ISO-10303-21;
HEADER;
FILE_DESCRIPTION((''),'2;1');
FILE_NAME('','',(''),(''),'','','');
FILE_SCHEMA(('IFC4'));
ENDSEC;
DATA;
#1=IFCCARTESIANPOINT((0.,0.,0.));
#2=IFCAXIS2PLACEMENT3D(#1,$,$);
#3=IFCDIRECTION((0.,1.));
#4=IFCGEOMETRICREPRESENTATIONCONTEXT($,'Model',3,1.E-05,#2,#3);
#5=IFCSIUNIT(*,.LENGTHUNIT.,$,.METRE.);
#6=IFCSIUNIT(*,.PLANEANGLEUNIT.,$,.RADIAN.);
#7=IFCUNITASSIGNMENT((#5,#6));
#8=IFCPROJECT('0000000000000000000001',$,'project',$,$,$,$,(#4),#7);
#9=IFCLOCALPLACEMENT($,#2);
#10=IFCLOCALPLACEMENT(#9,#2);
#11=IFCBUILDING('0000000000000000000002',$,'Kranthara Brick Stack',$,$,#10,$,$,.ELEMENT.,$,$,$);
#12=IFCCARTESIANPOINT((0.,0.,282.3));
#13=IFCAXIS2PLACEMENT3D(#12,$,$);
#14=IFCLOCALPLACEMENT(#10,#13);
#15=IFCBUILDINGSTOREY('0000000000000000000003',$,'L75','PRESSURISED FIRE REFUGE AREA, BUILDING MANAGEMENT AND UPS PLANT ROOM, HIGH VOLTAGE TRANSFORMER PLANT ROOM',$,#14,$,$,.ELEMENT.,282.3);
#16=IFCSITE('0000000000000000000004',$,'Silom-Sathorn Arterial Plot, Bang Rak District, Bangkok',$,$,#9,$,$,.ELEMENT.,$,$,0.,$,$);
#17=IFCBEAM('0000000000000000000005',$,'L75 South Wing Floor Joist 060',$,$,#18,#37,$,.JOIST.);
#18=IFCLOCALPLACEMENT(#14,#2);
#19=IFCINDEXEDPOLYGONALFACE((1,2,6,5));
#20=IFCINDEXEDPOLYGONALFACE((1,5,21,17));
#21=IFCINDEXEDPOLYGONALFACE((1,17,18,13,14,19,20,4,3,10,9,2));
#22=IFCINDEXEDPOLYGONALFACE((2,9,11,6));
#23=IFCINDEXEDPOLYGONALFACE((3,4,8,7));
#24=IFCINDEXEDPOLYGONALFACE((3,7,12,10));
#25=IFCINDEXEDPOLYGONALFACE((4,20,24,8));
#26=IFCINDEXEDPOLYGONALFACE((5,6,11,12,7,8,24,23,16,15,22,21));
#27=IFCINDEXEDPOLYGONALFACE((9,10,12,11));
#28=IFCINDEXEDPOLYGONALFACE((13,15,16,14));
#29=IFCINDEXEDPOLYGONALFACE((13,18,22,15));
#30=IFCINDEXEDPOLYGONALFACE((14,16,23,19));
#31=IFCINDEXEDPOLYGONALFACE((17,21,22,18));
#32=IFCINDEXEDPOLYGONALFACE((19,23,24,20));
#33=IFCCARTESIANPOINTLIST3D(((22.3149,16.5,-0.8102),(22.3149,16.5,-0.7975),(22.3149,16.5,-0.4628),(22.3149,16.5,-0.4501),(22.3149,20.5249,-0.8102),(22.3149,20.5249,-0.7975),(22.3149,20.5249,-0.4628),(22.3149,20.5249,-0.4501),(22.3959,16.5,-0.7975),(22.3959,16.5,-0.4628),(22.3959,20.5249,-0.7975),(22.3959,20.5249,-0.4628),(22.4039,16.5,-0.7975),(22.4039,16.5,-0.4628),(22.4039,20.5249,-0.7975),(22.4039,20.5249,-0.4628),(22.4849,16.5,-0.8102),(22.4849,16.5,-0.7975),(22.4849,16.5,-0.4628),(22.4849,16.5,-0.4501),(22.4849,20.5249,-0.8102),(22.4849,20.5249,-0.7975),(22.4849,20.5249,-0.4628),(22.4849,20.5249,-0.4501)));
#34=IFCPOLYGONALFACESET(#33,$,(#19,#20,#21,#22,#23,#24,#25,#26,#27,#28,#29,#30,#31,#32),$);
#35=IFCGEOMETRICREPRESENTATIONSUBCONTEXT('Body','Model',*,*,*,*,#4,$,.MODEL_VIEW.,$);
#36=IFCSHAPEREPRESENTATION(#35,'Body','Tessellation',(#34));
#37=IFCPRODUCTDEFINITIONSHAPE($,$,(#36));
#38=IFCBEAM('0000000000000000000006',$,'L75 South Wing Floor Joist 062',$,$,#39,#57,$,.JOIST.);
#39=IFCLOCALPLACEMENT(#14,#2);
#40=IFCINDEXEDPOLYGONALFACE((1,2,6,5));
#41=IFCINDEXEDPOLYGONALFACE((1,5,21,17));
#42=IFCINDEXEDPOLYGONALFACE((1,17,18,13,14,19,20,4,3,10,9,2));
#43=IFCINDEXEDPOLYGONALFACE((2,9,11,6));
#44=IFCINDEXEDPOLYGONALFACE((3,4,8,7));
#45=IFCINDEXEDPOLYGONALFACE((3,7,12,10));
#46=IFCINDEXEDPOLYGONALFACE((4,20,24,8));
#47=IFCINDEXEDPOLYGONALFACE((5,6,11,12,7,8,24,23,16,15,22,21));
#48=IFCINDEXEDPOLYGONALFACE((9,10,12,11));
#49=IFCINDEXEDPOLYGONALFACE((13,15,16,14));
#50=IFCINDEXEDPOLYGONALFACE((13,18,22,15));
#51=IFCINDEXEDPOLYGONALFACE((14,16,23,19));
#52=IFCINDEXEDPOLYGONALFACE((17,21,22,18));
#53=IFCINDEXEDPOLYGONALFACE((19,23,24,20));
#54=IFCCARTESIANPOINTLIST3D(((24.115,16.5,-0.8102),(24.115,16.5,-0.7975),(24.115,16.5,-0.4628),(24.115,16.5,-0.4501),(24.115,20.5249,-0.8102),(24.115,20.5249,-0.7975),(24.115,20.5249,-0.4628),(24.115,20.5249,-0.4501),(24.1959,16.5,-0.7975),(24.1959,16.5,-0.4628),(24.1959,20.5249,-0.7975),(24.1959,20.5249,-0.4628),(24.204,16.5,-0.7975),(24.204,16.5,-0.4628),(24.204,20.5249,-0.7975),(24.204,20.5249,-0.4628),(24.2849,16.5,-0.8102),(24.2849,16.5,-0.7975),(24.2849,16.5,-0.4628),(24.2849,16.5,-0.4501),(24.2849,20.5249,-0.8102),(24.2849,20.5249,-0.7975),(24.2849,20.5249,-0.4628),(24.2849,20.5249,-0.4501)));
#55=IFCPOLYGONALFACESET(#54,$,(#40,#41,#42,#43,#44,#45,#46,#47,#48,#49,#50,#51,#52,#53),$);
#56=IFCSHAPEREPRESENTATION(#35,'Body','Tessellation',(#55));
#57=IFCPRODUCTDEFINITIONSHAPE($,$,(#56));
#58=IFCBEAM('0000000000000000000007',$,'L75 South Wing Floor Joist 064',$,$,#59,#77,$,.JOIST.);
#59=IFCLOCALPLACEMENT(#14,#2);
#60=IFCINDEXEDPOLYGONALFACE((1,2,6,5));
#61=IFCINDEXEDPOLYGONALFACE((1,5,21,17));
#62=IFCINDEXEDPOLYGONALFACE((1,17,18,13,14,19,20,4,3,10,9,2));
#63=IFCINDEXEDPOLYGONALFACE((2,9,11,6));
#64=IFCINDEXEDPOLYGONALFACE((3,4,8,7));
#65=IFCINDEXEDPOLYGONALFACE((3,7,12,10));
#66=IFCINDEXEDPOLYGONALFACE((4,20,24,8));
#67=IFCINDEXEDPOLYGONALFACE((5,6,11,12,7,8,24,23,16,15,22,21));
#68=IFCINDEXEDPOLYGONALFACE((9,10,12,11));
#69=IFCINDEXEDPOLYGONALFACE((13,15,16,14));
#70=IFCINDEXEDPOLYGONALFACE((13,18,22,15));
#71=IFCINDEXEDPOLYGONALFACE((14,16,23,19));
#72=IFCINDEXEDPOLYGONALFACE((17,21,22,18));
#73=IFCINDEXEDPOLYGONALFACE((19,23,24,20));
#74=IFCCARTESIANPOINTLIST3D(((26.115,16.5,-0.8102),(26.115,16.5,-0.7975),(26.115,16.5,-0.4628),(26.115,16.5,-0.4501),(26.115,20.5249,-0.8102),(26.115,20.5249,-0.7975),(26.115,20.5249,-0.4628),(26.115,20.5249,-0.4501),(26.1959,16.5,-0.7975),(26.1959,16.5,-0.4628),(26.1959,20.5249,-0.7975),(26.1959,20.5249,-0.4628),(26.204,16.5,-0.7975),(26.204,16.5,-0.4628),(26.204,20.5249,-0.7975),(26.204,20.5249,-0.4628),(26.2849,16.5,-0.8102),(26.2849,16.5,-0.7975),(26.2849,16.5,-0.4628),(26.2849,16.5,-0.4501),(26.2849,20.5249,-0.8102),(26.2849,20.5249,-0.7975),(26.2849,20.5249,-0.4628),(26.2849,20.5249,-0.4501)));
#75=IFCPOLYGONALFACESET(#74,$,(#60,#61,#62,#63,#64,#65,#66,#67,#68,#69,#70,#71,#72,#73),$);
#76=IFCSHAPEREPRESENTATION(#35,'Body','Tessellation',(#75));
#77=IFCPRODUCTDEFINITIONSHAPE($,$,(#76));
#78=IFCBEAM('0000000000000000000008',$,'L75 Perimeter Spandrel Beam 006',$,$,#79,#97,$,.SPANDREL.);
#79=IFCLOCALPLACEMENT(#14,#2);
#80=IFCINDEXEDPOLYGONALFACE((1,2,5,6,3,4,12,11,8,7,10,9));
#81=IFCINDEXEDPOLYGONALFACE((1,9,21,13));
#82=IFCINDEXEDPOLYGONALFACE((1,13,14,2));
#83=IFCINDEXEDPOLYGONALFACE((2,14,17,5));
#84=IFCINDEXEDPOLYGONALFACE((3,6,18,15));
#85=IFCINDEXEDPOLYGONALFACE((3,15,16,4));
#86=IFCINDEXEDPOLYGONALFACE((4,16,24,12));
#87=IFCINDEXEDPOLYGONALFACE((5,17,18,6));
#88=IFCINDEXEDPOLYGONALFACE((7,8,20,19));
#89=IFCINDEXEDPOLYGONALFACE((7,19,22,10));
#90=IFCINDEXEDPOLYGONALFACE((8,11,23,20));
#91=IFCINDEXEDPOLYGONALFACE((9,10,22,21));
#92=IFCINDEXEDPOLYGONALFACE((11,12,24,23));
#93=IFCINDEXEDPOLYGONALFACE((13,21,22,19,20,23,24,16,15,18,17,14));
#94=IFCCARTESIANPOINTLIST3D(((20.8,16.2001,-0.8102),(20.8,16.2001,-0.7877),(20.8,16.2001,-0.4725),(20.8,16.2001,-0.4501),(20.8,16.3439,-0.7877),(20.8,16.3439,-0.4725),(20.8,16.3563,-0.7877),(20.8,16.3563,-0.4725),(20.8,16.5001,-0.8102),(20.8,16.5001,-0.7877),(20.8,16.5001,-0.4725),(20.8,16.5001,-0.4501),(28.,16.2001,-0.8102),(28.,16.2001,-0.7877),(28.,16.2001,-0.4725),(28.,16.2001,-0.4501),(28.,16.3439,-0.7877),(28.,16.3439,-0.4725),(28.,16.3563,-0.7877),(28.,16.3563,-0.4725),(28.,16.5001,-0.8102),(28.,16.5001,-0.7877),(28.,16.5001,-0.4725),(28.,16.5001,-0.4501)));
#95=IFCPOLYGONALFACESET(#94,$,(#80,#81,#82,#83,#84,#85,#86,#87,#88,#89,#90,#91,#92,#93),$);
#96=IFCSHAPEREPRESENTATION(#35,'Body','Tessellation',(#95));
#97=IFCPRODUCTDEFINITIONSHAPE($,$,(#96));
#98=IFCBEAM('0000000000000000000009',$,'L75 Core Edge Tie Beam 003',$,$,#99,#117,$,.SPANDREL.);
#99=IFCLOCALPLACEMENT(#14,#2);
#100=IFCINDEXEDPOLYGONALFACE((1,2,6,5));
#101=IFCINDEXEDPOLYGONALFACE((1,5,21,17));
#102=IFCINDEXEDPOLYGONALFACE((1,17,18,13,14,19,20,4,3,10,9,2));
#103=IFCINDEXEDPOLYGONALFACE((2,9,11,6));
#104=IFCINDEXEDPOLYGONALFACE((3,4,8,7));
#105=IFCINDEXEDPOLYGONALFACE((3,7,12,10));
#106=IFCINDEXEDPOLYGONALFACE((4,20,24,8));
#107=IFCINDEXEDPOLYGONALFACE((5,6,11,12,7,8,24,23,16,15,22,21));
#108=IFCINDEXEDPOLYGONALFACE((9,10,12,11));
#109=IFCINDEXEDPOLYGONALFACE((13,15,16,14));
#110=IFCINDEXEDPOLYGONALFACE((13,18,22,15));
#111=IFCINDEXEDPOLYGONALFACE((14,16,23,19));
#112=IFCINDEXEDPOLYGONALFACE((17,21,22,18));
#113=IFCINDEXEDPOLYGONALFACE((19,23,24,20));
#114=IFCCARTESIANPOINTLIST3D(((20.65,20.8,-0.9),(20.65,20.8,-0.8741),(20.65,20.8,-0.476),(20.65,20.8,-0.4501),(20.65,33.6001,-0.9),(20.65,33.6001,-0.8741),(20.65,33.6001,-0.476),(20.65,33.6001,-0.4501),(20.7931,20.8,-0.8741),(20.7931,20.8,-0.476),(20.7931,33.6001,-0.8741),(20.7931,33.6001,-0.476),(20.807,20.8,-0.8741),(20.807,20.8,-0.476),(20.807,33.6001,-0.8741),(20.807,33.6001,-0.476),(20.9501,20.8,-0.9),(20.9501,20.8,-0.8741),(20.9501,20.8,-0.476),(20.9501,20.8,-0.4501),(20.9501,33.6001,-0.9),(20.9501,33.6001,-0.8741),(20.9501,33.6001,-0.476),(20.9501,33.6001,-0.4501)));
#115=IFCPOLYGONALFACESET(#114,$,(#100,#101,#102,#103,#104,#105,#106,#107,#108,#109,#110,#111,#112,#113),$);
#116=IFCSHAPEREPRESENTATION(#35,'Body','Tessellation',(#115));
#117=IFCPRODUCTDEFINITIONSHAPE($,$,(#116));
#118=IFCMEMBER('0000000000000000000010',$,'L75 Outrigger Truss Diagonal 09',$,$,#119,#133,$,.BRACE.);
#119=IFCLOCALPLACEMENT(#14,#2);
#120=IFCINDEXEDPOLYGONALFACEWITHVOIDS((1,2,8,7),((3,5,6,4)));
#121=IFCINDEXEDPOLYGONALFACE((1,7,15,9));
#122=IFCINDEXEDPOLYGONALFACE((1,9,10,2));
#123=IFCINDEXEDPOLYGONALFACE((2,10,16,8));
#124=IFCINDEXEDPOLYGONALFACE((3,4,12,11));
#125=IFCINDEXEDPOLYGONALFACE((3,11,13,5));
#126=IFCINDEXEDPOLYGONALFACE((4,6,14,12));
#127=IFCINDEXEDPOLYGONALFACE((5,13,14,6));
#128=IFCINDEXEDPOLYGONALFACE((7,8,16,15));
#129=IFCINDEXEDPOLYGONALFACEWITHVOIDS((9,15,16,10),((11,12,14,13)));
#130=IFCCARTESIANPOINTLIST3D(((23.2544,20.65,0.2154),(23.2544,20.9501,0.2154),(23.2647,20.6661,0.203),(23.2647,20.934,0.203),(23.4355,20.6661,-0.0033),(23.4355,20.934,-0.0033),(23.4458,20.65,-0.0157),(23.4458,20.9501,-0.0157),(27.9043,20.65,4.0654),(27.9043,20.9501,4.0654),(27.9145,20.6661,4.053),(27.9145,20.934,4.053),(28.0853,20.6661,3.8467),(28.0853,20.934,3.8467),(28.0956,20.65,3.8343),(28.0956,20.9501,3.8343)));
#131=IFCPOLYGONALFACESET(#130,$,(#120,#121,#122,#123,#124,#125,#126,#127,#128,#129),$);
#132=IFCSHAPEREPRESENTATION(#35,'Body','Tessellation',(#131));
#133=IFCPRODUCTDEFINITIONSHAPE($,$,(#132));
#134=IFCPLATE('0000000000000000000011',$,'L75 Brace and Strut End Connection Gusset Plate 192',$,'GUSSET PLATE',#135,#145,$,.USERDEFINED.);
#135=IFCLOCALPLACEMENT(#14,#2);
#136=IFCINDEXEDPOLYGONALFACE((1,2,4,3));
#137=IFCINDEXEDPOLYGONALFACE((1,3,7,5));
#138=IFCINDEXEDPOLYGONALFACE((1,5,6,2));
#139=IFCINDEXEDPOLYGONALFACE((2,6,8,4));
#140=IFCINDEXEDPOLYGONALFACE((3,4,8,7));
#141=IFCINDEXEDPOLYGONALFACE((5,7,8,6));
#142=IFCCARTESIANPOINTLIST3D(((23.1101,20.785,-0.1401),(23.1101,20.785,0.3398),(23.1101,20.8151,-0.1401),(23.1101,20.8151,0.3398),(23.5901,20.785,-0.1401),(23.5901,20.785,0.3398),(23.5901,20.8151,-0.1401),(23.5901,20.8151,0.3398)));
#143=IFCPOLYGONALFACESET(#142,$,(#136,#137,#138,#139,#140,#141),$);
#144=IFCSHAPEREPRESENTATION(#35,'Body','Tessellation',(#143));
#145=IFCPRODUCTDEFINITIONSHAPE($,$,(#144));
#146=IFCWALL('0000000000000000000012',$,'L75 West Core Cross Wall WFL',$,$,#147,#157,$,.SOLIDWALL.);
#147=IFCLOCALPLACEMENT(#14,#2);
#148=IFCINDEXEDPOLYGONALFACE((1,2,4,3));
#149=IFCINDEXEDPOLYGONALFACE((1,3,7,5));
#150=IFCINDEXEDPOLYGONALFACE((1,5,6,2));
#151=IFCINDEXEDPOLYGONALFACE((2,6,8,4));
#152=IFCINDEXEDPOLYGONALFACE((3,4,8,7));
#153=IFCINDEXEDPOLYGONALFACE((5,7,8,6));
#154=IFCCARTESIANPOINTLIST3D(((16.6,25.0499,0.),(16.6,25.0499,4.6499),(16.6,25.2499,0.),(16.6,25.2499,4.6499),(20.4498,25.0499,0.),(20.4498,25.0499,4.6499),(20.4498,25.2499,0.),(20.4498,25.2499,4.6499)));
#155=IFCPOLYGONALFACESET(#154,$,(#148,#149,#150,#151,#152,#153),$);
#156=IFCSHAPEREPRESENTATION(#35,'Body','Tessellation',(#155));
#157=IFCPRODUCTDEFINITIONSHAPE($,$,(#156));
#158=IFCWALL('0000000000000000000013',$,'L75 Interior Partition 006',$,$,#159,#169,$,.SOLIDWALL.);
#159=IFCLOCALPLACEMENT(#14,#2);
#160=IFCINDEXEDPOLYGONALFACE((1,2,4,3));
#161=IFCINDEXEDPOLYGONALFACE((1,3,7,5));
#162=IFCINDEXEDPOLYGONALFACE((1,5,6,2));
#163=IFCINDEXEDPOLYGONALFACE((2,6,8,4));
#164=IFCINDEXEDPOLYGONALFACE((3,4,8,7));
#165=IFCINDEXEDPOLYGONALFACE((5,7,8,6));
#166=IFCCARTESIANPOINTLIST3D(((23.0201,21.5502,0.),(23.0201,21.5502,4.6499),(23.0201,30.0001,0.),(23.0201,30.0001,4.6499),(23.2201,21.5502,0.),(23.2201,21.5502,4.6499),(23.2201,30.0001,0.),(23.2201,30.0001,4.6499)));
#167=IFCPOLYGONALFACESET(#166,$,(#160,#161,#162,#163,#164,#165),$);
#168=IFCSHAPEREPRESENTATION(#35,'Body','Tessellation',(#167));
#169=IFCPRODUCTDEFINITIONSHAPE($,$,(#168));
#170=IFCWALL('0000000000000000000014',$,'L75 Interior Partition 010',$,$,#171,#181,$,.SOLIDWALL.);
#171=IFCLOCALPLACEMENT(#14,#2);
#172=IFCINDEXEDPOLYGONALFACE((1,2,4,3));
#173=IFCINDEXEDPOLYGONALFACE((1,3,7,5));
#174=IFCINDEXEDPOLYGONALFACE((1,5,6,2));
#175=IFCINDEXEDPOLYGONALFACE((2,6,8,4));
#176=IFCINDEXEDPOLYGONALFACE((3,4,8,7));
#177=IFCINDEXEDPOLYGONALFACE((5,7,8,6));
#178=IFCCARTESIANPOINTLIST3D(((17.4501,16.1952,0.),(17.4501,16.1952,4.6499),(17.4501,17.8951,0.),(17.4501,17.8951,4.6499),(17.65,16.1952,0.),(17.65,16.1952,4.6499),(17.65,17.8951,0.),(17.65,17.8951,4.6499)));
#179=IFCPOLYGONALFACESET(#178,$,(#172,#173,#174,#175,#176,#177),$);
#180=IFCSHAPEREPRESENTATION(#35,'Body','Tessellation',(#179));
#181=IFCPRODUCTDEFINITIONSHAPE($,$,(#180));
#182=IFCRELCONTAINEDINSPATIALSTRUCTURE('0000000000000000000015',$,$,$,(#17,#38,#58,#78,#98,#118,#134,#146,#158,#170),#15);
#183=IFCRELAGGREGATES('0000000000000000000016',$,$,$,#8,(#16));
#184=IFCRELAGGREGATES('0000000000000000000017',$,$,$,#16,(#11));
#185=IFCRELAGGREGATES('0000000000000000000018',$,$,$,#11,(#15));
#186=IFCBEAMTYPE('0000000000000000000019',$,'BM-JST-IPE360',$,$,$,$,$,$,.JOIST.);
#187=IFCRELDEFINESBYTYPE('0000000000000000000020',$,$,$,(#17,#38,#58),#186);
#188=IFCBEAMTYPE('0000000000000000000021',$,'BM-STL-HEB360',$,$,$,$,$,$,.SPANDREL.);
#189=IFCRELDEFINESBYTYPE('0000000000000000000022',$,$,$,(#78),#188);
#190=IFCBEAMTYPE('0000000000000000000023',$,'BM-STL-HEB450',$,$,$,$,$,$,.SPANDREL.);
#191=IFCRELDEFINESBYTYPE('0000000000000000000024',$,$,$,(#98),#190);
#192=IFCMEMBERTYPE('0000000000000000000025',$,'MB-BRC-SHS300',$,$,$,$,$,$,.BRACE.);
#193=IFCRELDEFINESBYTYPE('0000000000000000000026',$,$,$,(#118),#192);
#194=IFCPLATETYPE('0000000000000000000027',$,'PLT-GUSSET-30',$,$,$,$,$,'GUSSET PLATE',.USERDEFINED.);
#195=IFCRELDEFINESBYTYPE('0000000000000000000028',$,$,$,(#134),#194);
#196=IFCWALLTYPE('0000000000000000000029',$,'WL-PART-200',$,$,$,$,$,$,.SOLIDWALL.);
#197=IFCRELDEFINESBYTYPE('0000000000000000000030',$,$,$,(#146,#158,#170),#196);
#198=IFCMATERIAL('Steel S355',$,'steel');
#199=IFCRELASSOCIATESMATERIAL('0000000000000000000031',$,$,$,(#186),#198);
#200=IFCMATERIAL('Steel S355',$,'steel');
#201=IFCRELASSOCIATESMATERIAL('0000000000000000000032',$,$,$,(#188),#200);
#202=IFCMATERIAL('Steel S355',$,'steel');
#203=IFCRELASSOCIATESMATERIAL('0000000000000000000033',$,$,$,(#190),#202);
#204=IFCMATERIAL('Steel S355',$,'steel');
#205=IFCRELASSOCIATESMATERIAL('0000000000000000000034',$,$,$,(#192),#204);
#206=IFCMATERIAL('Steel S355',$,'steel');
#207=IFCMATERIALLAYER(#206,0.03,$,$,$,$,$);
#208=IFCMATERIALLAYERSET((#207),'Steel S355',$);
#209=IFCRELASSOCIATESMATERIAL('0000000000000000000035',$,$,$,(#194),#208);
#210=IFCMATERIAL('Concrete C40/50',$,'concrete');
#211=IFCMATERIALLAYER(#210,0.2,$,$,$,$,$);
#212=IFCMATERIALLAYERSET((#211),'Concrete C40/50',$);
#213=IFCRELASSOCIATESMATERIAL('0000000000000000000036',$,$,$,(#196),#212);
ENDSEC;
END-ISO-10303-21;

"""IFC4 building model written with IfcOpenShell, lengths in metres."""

from ifc_helpers import new_model, si_unit, direction, frame, frame_2d, origin, origin_2d, place, context, subcontext, project, spatial, rectangle, hollow_rectangle, i_section, extrude, material, layer, layer_set, material_profile, profile_set, type_object, element, save


model = new_model("IFC4")

# Units and contexts
model_context = context("Model", 3, precision=1e-05, world=origin(), true_north=direction((0.0, 1.0)))
body_context = subcontext(model_context, "Body", "Model", "MODEL_VIEW")
ifc_project = project(units=[si_unit("LENGTHUNIT", "METRE"), si_unit("PLANEANGLEUNIT", "RADIAN")], contexts=[model_context])

# Site, building, storey
site_placement = place(None, origin())
site = spatial("IfcSite", under=ifc_project, at=site_placement, Name="Silom-Sathorn Arterial Plot, Bang Rak District, Bangkok", CompositionType="ELEMENT", RefElevation=0.0)
building_placement = place(site_placement, origin())
building = spatial("IfcBuilding", under=site, at=building_placement, Name="Kranthara Brick Stack", CompositionType="ELEMENT")
storey_placement = place(building_placement, frame((0.0, 0.0, 282.3)))
storey = spatial("IfcBuildingStorey", under=building, at=storey_placement, Name="L75", Description="PRESSURISED FIRE REFUGE AREA, BUILDING MANAGEMENT AND UPS PLANT ROOM, HIGH VOLTAGE TRANSFORMER PLANT ROOM", CompositionType="ELEMENT", Elevation=282.3)

# Beams
ifc_material_1 = material(Name="Steel S355", Category="steel")
ifc_material_profile_1 = material_profile(ifc_material_1, i_section(OverallWidth=0.1699, OverallDepth=0.3601, WebThickness=0.0081, FlangeThickness=0.0127, at=origin_2d()), Name="IPE 360")
ifc_profile_set_1 = profile_set([ifc_material_profile_1], Name="Steel S355")
beam_type_1 = type_object("IfcBeamType", Name="BM-JST-IPE360", PredefinedType="JOIST", material=ifc_profile_set_1)
for number, where, z_axis, x_axis, name in (
    (1, (22.3999, 16.5, -0.6301), (0.0, 1.0, 0.0), (-1.0, 0.0, 0.0), "L75 South Wing Floor Joist 060"),
    (2, (24.2, 16.5, -0.6301), (0.0, 1.0, 0.0), (-1.0, 0.0, 0.0), "L75 South Wing Floor Joist 062"),
    (3, (26.2, 16.5, -0.6301), (0.0, 1.0, 0.0), (-1.0, 0.0, 0.0), "L75 South Wing Floor Joist 064"),
):
    element("IfcBeam", number, at=place(storey_placement, frame(where, z_axis=z_axis, x_axis=x_axis)), inside=storey, type_object=beam_type_1, Name=name, PredefinedType="JOIST", context=body_context, shape_type="SweptSolid", body=[
        extrude(i_section(OverallWidth=0.1699, OverallDepth=0.3601, WebThickness=0.0081, FlangeThickness=0.0127, at=origin_2d()), origin(), (0.0, 0.0, 1.0), 4.0249),
    ])
ifc_material_2 = material(Name="Steel S355", Category="steel")
ifc_material_profile_2 = material_profile(ifc_material_2, i_section(OverallWidth=0.3, OverallDepth=0.3601, WebThickness=0.0125, FlangeThickness=0.0225, at=origin_2d()), Name="HEB 360")
ifc_profile_set_2 = profile_set([ifc_material_profile_2], Name="Steel S355")
beam_type_2 = type_object("IfcBeamType", Name="BM-STL-HEB360", PredefinedType="SPANDREL", material=ifc_profile_set_2)
beam_1_placement = place(storey_placement, frame((20.8, 16.3501, -0.6301), z_axis=(1.0, 0.0, 0.0), x_axis=(0.0, 1.0, 0.0)))
element("IfcBeam", 4, at=beam_1_placement, inside=storey, type_object=beam_type_2, Name="L75 Perimeter Spandrel Beam 006", PredefinedType="SPANDREL", context=body_context, shape_type="SweptSolid", body=[
    extrude(i_section(OverallWidth=0.3, OverallDepth=0.3601, WebThickness=0.0125, FlangeThickness=0.0225, at=origin_2d()), origin(), (0.0, 0.0, 1.0), 7.2),
])
ifc_material_3 = material(Name="Steel S355", Category="steel")
ifc_material_profile_3 = material_profile(ifc_material_3, i_section(OverallWidth=0.3, OverallDepth=0.45, WebThickness=0.0139, FlangeThickness=0.0259, at=origin_2d()), Name="HEB 450")
ifc_profile_set_3 = profile_set([ifc_material_profile_3], Name="Steel S355")
beam_type_3 = type_object("IfcBeamType", Name="BM-STL-HEB450", PredefinedType="SPANDREL", material=ifc_profile_set_3)
beam_2_placement = place(storey_placement, frame((20.8, 20.8, -0.675), z_axis=(0.0, 1.0, 0.0), x_axis=(-1.0, 0.0, 0.0)))
element("IfcBeam", 5, at=beam_2_placement, inside=storey, type_object=beam_type_3, Name="L75 Core Edge Tie Beam 003", PredefinedType="SPANDREL", context=body_context, shape_type="SweptSolid", body=[
    extrude(i_section(OverallWidth=0.3, OverallDepth=0.45, WebThickness=0.0139, FlangeThickness=0.0259, at=origin_2d()), origin(), (0.0, 0.0, 1.0), 12.8),
])

# Member
ifc_material_4 = material(Name="Steel S355", Category="steel")
ifc_material_profile_4 = material_profile(ifc_material_4, hollow_rectangle(XDim=0.3, YDim=0.3, WallThickness=0.0161, at=origin_2d()), Name="SHS 300x300x16")
ifc_profile_set_4 = profile_set([ifc_material_profile_4], Name="Steel S355")
member_type = type_object("IfcMemberType", Name="MB-BRC-SHS300", PredefinedType="BRACE", material=ifc_profile_set_4)
member_placement = place(storey_placement, frame((23.3501, 20.8, 0.0999), z_axis=(0.770239, 0.0, 0.637755), x_axis=(0.0, 1.0, 0.0)))
element("IfcMember", 6, at=member_placement, inside=storey, type_object=member_type, Name="L75 Outrigger Truss Diagonal 09", PredefinedType="BRACE", context=body_context, shape_type="SweptSolid", body=[
    extrude(hollow_rectangle(XDim=0.3, YDim=0.3, WallThickness=0.0161, at=origin_2d()), origin(), (0.0, 0.0, 1.0), 6.0369),
])

# Plate
ifc_material_5 = material(Name="Steel S355", Category="steel")
ifc_layer_1 = layer(ifc_material_5, 0.03)
ifc_layer_set_1 = layer_set([ifc_layer_1], Name="Steel S355")
plate_type = type_object("IfcPlateType", Name="PLT-GUSSET-30", ElementType="GUSSET PLATE", PredefinedType="USERDEFINED", material=ifc_layer_set_1)
plate_placement = place(storey_placement, frame((23.3501, 20.8, -0.1401), z_axis=(0.0, 0.0, 1.0), x_axis=(1.0, 0.0, 0.0)))
element("IfcPlate", 7, at=plate_placement, inside=storey, type_object=plate_type, Name="L75 Brace and Strut End Connection Gusset Plate 192", ObjectType="GUSSET PLATE", PredefinedType="USERDEFINED", context=body_context, shape_type="SweptSolid", body=[
    extrude(rectangle(XDim=0.48, YDim=0.03, at=origin_2d()), origin(), (0.0, 0.0, 1.0), 0.48),
])

# Walls
ifc_material_6 = material(Name="Concrete C40/50", Category="concrete")
ifc_layer_2 = layer(ifc_material_6, 0.2)
ifc_layer_set_2 = layer_set([ifc_layer_2], Name="Concrete C40/50")
wall_type_1 = type_object("IfcWallType", Name="WL-PART-200", PredefinedType="SOLIDWALL", material=ifc_layer_set_2)
wall_1_placement = place(storey_placement, frame((16.6001, 25.1499, 0.0), z_axis=(0.0, 0.0, 1.0), x_axis=(1.0, 0.0, 0.0)))
element("IfcWall", 8, at=wall_1_placement, inside=storey, type_object=wall_type_1, Name="L75 West Core Cross Wall WFL", PredefinedType="SOLIDWALL", context=body_context, shape_type="SweptSolid", body=[
    extrude(rectangle(XDim=3.8499, YDim=0.2, at=frame_2d((1.9248, 0.0))), origin(), (0.0, 0.0, 1.0), 4.6499),
])
wall_2_placement = place(storey_placement, frame((23.1201, 21.55, 0.0), z_axis=(0.0, 0.0, 1.0), x_axis=(0.0, 1.0, 0.0)))
element("IfcWall", 9, at=wall_2_placement, inside=storey, type_object=wall_type_1, Name="L75 Interior Partition 006", PredefinedType="SOLIDWALL", context=body_context, shape_type="SweptSolid", body=[
    extrude(rectangle(XDim=8.45, YDim=0.2, at=frame_2d((4.2251, 0.0))), origin(), (0.0, 0.0, 1.0), 4.6499),
])
for number, where, z_axis, x_axis, name in (
    (10, (17.55, 16.1951, 0.0), (0.0, 0.0, 1.0), (0.0, 1.0, 0.0), "L75 Interior Partition 010"),
):
    element("IfcWall", number, at=place(storey_placement, frame(where, z_axis=z_axis, x_axis=x_axis)), inside=storey, type_object=wall_type_1, Name=name, PredefinedType="SOLIDWALL", context=body_context, shape_type="SweptSolid", body=[
        extrude(rectangle(XDim=1.7, YDim=0.2, at=frame_2d((0.8501, 0.0))), origin(), (0.0, 0.0, 1.0), 4.6499),
    ])

save(model, "model.ifc")
